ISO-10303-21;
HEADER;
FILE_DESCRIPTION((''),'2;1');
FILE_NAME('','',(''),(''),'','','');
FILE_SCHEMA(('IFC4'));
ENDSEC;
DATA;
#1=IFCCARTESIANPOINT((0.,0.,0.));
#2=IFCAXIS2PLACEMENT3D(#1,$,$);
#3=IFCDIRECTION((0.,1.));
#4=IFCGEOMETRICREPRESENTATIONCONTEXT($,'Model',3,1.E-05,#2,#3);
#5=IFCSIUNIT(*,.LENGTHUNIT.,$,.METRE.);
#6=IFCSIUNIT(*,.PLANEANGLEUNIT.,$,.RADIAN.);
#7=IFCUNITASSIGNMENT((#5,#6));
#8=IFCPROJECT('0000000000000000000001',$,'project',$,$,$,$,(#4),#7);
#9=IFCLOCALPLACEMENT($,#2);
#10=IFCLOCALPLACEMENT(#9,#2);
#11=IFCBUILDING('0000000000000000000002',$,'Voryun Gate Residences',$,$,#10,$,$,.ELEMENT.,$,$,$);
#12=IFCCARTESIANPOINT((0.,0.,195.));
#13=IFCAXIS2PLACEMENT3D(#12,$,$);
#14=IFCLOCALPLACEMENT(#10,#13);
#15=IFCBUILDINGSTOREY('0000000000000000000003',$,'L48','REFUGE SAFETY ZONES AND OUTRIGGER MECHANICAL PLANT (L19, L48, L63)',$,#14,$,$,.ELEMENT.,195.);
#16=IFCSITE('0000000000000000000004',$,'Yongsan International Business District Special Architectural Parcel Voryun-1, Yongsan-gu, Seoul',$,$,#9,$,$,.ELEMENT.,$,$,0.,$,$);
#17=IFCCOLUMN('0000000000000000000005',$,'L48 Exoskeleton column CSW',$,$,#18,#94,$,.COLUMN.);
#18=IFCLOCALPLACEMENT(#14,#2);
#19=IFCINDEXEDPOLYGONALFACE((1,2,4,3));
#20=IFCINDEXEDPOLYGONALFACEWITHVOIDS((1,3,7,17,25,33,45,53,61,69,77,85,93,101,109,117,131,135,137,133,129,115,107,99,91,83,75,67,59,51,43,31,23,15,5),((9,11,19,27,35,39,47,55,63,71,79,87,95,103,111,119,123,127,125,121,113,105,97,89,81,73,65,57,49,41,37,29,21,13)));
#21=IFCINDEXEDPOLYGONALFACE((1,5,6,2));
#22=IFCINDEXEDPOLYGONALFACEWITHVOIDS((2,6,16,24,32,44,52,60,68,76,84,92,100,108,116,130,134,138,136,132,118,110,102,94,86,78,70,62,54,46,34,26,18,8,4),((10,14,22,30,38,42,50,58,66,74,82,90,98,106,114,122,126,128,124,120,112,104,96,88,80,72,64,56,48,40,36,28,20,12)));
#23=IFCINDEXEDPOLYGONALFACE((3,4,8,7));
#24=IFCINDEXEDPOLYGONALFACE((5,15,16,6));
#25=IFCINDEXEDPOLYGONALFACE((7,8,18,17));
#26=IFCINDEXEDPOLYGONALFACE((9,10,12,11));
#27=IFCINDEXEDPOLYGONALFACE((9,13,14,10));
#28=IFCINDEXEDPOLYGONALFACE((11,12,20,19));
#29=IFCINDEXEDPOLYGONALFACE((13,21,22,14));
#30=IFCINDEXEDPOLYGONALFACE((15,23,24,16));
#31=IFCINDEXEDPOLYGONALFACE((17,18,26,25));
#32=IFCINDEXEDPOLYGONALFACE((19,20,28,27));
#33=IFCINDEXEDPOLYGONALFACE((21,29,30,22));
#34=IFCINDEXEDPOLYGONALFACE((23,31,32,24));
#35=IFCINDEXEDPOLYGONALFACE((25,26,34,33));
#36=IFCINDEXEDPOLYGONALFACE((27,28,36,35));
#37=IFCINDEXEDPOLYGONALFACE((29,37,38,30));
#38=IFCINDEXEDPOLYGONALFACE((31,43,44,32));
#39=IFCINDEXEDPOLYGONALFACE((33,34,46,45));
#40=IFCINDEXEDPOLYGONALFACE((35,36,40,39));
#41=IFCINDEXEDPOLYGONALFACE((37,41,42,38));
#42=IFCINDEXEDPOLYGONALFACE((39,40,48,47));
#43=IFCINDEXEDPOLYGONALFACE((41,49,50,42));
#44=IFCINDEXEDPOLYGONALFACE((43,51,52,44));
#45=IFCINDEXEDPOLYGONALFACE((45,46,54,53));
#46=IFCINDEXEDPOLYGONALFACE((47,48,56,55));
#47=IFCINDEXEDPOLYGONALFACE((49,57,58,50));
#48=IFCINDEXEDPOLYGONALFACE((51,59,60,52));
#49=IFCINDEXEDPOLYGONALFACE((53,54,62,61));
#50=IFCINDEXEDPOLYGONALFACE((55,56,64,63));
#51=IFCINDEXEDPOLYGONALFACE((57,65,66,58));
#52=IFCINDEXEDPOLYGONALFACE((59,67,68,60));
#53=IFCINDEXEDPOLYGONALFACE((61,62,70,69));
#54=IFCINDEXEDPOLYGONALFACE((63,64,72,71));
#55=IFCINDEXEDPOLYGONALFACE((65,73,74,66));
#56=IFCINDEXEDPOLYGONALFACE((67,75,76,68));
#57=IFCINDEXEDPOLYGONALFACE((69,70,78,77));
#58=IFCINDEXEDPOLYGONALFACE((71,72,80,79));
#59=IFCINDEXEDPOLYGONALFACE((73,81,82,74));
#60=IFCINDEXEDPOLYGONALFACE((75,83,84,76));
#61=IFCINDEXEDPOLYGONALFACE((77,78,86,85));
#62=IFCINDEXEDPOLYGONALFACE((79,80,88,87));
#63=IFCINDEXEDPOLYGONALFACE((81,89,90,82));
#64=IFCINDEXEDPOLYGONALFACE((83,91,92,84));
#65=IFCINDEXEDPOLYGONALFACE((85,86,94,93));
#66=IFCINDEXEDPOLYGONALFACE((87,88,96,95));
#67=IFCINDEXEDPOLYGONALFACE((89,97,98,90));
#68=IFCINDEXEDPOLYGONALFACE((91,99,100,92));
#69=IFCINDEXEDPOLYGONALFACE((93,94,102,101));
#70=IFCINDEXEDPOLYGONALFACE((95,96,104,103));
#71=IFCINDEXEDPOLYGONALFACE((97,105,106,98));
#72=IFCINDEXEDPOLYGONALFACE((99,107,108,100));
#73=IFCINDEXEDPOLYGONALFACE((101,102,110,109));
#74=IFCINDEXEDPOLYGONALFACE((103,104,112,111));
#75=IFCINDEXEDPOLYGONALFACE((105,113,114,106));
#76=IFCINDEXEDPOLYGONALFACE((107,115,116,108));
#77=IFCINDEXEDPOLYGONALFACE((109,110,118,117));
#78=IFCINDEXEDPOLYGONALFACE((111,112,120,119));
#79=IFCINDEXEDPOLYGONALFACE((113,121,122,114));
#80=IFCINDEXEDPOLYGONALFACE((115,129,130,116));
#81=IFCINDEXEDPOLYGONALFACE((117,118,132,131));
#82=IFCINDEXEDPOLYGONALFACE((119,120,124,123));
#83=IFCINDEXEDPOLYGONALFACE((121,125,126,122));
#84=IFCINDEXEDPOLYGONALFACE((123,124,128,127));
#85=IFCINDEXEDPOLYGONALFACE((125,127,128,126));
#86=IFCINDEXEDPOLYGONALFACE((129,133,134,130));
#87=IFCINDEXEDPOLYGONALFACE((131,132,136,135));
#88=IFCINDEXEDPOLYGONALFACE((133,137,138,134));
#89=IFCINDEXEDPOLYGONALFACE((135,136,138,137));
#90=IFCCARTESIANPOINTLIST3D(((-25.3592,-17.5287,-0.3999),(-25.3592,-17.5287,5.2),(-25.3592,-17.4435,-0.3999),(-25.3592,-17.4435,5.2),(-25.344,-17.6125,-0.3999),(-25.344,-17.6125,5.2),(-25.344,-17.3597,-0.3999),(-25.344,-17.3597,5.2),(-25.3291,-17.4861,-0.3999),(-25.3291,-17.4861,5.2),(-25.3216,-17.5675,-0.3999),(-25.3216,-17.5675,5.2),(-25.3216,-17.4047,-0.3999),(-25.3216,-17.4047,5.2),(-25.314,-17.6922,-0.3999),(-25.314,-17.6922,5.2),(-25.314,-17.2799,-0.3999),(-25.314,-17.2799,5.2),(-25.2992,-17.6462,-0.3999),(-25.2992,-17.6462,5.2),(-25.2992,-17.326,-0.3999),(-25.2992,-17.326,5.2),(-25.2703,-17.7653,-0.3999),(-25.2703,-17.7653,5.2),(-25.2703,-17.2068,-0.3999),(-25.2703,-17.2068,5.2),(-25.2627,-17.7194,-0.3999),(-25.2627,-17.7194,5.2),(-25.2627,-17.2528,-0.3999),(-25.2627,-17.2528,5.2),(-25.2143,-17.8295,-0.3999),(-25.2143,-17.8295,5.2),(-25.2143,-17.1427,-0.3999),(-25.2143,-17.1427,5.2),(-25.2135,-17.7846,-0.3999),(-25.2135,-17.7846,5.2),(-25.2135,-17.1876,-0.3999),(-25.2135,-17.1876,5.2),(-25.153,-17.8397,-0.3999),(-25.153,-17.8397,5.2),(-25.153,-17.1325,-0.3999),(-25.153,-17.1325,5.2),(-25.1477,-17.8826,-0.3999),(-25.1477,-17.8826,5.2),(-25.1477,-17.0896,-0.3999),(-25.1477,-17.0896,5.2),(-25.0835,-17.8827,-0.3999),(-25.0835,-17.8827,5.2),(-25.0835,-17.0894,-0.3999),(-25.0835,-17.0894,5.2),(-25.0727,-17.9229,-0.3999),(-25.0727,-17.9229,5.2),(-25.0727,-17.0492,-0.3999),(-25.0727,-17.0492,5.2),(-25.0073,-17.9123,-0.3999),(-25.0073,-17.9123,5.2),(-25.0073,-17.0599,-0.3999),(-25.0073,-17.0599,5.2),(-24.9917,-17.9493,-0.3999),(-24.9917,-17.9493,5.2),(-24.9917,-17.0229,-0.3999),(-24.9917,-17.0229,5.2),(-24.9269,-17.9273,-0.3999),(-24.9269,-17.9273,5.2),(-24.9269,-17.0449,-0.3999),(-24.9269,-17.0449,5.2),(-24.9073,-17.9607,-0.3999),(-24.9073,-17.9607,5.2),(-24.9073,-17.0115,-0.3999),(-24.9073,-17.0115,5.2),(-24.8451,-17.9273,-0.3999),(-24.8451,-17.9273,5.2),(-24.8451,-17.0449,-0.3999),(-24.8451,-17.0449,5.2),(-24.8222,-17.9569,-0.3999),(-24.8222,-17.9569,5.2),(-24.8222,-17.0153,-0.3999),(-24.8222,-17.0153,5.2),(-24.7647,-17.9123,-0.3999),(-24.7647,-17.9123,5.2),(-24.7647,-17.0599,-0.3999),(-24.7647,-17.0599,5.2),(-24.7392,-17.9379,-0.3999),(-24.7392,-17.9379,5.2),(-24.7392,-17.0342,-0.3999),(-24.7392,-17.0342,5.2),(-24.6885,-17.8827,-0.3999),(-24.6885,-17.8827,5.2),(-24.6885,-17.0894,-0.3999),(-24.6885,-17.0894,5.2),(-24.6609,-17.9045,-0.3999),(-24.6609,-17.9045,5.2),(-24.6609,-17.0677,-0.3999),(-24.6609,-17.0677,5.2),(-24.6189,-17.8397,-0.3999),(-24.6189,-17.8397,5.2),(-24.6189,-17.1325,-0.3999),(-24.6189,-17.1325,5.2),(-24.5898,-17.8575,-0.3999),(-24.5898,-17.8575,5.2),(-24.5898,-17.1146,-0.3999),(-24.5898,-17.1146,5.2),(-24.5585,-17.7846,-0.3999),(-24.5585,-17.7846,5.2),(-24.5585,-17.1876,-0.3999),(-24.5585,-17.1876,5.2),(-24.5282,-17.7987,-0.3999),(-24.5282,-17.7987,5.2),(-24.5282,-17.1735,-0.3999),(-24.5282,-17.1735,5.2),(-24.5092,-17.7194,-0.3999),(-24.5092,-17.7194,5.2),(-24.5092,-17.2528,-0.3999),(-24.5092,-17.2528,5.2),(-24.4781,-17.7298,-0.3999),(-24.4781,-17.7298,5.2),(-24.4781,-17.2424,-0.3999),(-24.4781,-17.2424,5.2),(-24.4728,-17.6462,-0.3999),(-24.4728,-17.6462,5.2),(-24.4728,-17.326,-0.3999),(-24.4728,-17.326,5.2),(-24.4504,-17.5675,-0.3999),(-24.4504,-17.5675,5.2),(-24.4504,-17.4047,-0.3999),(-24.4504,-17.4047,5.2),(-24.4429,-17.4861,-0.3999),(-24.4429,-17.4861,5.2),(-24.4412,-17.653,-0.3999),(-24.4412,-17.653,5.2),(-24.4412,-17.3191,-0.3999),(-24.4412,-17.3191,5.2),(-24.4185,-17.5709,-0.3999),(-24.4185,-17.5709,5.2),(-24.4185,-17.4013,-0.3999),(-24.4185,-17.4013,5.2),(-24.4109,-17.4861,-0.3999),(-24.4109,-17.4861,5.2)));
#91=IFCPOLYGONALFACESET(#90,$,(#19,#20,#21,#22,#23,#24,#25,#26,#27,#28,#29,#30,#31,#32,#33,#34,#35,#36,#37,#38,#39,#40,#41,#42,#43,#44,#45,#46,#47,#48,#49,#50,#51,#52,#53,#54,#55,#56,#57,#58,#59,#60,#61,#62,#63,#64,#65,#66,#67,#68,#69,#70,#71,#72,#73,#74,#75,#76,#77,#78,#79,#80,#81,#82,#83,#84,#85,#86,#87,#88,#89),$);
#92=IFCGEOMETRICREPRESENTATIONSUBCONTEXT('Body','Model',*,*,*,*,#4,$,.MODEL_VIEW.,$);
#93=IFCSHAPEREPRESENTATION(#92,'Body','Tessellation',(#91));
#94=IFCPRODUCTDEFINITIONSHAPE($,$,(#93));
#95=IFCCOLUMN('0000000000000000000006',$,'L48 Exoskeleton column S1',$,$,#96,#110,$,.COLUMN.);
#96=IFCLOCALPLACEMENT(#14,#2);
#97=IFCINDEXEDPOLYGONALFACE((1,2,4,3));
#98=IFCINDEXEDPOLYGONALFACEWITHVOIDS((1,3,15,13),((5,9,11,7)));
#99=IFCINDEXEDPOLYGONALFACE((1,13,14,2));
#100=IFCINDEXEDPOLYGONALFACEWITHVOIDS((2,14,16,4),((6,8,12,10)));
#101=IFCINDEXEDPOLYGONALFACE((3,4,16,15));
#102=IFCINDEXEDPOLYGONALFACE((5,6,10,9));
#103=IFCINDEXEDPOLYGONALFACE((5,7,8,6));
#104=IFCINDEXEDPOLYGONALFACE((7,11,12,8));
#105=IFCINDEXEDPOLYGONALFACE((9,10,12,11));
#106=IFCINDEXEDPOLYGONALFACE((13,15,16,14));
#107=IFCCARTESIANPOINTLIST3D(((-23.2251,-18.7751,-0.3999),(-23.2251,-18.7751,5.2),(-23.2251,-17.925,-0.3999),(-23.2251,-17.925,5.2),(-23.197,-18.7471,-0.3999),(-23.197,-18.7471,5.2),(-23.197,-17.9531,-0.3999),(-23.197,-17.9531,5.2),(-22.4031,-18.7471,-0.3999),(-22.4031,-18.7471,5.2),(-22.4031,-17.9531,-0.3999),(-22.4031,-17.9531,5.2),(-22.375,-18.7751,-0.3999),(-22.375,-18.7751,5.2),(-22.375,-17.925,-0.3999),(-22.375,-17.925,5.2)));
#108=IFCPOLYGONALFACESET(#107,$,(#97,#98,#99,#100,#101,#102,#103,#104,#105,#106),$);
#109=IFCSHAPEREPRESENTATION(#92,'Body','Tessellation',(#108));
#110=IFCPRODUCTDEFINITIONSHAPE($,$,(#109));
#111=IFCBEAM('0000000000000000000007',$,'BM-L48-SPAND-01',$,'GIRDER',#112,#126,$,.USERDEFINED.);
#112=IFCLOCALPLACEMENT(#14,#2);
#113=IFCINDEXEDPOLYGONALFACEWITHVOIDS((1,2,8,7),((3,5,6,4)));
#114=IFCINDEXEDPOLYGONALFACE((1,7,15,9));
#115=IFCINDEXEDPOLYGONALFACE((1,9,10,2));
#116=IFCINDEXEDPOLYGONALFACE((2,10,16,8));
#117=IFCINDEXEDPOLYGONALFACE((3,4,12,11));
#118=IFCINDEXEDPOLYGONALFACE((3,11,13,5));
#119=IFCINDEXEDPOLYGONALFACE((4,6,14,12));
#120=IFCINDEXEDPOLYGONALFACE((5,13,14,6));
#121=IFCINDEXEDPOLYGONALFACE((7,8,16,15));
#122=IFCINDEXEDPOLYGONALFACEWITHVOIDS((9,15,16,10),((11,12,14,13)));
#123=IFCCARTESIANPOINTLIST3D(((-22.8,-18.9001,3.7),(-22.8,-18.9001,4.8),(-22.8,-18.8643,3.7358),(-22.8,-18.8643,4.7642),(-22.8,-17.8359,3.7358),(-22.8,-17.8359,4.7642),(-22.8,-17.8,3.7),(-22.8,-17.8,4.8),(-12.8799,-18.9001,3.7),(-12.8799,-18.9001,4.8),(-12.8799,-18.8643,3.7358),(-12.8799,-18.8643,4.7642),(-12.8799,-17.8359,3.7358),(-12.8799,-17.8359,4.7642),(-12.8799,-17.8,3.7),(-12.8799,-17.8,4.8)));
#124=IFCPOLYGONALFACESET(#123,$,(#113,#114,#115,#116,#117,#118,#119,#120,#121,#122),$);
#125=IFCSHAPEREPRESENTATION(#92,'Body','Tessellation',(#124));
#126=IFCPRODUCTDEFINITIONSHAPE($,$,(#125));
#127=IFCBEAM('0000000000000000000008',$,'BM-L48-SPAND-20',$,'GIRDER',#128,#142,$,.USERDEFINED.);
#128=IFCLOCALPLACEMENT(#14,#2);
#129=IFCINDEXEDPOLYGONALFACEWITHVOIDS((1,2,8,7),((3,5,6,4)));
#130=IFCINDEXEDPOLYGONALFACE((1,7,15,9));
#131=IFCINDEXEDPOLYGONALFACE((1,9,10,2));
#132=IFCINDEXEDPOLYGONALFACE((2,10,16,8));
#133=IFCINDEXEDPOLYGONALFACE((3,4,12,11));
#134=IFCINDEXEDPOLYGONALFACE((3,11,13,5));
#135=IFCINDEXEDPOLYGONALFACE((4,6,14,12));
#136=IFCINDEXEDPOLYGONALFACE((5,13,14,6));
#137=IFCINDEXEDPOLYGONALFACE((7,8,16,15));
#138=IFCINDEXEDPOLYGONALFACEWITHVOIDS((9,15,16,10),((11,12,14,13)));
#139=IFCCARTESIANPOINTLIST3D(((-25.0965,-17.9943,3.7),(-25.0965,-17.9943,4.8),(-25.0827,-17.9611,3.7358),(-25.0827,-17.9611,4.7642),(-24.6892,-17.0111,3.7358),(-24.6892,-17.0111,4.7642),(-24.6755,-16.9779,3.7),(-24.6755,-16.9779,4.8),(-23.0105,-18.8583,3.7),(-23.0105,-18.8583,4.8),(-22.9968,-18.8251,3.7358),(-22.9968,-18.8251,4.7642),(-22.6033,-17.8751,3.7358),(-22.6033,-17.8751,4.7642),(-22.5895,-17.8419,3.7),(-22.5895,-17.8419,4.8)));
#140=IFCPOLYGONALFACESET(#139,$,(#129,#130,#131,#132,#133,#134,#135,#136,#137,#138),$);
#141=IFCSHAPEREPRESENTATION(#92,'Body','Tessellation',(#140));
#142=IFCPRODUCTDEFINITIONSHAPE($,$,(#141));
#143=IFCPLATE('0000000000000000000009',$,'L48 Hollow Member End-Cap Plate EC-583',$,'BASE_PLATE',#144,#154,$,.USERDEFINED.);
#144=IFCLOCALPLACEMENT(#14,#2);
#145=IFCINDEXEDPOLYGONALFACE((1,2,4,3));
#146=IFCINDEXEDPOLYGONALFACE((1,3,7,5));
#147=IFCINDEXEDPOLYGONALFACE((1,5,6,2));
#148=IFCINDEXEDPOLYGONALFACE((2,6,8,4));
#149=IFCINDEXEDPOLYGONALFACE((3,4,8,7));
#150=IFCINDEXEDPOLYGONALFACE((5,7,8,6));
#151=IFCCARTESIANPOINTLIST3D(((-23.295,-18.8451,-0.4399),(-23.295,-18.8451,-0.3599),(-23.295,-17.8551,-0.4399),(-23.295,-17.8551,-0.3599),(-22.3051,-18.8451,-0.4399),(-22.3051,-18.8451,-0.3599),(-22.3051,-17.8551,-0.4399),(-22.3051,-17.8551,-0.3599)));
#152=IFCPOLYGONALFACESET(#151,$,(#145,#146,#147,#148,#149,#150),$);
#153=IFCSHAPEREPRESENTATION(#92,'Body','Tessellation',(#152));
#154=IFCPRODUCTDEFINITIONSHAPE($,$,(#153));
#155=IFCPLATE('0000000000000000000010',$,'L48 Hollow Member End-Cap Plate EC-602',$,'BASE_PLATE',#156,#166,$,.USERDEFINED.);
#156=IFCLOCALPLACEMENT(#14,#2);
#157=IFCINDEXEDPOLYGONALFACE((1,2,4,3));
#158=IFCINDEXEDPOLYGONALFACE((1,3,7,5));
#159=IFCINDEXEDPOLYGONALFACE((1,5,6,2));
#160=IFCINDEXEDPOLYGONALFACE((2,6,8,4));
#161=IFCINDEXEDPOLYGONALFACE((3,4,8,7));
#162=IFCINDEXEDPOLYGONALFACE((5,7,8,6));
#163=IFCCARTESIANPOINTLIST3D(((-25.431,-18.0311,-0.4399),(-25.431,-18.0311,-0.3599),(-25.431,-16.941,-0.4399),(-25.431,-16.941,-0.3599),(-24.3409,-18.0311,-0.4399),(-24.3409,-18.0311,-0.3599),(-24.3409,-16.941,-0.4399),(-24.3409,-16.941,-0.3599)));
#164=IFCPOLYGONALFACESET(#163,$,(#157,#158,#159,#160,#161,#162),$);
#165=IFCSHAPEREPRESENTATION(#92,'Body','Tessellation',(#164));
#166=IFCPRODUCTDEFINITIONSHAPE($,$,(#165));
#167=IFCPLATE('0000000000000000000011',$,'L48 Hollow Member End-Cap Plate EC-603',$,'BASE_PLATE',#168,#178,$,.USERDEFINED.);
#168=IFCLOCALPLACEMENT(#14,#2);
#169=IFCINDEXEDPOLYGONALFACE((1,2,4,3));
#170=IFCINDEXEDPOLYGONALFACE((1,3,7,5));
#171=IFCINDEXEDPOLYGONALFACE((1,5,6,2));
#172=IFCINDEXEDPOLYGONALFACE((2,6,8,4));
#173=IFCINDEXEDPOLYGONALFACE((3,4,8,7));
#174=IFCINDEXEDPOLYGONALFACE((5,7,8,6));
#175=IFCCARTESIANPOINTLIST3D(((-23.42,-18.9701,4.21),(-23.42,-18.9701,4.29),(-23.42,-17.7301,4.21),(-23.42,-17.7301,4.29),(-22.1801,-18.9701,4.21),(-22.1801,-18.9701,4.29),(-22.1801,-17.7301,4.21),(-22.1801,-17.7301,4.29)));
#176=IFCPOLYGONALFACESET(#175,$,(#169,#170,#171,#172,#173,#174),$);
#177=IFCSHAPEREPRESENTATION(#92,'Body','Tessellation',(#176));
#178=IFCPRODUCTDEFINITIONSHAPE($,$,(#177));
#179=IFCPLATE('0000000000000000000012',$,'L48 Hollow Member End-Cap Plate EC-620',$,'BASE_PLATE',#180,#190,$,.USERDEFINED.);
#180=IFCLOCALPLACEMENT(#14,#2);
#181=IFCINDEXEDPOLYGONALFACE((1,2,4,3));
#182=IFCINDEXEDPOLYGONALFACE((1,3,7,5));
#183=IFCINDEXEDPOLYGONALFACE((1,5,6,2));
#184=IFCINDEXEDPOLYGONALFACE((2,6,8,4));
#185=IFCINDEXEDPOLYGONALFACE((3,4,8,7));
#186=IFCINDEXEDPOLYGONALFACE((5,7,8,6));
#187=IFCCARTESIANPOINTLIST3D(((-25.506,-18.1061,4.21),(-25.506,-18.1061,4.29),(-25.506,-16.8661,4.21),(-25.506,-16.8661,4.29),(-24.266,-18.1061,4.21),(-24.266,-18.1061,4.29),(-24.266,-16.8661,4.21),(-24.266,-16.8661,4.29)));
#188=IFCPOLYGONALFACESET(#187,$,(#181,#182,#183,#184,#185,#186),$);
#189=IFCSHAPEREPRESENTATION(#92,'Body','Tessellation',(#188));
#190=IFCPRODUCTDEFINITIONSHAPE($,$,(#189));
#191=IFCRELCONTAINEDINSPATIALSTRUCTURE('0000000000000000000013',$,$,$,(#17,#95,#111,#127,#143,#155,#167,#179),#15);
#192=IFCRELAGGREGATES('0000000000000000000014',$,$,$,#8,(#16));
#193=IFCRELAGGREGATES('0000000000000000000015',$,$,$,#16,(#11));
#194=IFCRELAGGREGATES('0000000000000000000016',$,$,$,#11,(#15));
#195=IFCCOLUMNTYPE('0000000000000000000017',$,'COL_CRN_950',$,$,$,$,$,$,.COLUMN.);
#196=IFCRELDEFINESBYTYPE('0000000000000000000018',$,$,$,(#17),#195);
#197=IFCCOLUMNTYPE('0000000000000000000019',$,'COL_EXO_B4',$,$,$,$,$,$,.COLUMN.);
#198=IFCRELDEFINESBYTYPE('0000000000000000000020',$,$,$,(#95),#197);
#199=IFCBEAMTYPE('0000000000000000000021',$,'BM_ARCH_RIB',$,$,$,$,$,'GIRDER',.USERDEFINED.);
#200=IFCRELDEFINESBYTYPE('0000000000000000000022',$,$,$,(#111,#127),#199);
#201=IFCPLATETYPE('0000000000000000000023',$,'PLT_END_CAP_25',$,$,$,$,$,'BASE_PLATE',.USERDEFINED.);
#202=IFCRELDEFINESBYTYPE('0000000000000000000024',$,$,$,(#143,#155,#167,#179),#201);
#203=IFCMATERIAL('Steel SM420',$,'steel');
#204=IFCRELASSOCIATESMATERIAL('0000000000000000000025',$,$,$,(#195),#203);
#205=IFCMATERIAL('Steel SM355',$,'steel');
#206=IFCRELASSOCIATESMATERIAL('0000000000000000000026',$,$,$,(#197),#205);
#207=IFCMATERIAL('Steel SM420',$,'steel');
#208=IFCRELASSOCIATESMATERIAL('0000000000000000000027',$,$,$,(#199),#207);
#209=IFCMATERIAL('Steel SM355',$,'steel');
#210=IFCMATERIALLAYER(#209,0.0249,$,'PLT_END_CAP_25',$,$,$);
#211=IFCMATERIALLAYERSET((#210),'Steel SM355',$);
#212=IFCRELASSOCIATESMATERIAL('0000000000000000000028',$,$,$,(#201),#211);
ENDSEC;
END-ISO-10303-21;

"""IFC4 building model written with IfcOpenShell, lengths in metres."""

from ifc_helpers import new_model, si_unit, direction, frame, origin, origin_2d, place, context, subcontext, project, spatial, rectangle, hollow_rectangle, hollow_circle, extrude, material, layer, layer_set, material_profile, profile_set, type_object, element, save


model = new_model("IFC4")

# Units and contexts
model_context = context("Model", 3, precision=1e-05, world=origin(), true_north=direction((0.0, 1.0)))
body_context = subcontext(model_context, "Body", "Model", "MODEL_VIEW")
ifc_project = project(units=[si_unit("LENGTHUNIT", "METRE"), si_unit("PLANEANGLEUNIT", "RADIAN")], contexts=[model_context])

# Site, building, storey
site_placement = place(None, origin())
site = spatial("IfcSite", under=ifc_project, at=site_placement, Name="Yongsan International Business District Special Architectural Parcel Voryun-1, Yongsan-gu, Seoul", CompositionType="ELEMENT", RefElevation=0.0)
building_placement = place(site_placement, origin())
building = spatial("IfcBuilding", under=site, at=building_placement, Name="Voryun Gate Residences", CompositionType="ELEMENT")
storey_placement = place(building_placement, frame((0.0, 0.0, 195.0)))
storey = spatial("IfcBuildingStorey", under=building, at=storey_placement, Name="L48", Description="REFUGE SAFETY ZONES AND OUTRIGGER MECHANICAL PLANT (L19, L48, L63)", CompositionType="ELEMENT", Elevation=195.0)

# Columns
ifc_material_1 = material(Name="Steel SM420", Category="steel")
ifc_material_profile_1 = material_profile(ifc_material_1, hollow_circle(Radius=0.4751, WallThickness=0.032, at=origin_2d()), Name="CHS-950x32")
ifc_profile_set_1 = profile_set([ifc_material_profile_1], Name="Steel SM420")
column_type_1 = type_object("IfcColumnType", Name="COL_CRN_950", PredefinedType="COLUMN", material=ifc_profile_set_1)
column_1_placement = place(storey_placement, frame((-24.886, -17.4861, -0.3999), z_axis=(0.0, 0.0, 1.0), x_axis=(1.0, 0.0, 0.0)))
element("IfcColumn", 1, at=column_1_placement, inside=storey, type_object=column_type_1, Name="L48 Exoskeleton column CSW", PredefinedType="COLUMN", context=body_context, shape_type="SweptSolid", body=[
    extrude(hollow_circle(Radius=0.4751, WallThickness=0.032, at=origin_2d()), origin(), (0.0, 0.0, 1.0), 5.5999),
])
ifc_material_2 = material(Name="Steel SM355", Category="steel")
ifc_material_profile_2 = material_profile(ifc_material_2, hollow_rectangle(XDim=0.8501, YDim=0.8501, WallThickness=0.0281, at=origin_2d()), Name="BOX-850x850x28")
ifc_profile_set_2 = profile_set([ifc_material_profile_2], Name="Steel SM355")
column_type_2 = type_object("IfcColumnType", Name="COL_EXO_B4", PredefinedType="COLUMN", material=ifc_profile_set_2)
column_2_placement = place(storey_placement, frame((-22.8, -18.3501, -0.3999), z_axis=(0.0, 0.0, 1.0), x_axis=(1.0, 0.0, 0.0)))
element("IfcColumn", 2, at=column_2_placement, inside=storey, type_object=column_type_2, Name="L48 Exoskeleton column S1", PredefinedType="COLUMN", context=body_context, shape_type="SweptSolid", body=[
    extrude(hollow_rectangle(XDim=0.8501, YDim=0.8501, WallThickness=0.0281, at=origin_2d()), origin(), (0.0, 0.0, 1.0), 5.5999),
])

# Beams
ifc_material_3 = material(Name="Steel SM420", Category="steel")
ifc_material_profile_3 = material_profile(ifc_material_3, hollow_rectangle(XDim=1.1001, YDim=1.1001, WallThickness=0.0359, at=origin_2d()), Name="BOX-1100x1100x36")
ifc_profile_set_3 = profile_set([ifc_material_profile_3], Name="Steel SM420")
beam_type = type_object("IfcBeamType", Name="BM_ARCH_RIB", ElementType="GIRDER", PredefinedType="USERDEFINED", material=ifc_profile_set_3)
beam_1_placement = place(storey_placement, frame((-22.8, -18.3501, 4.25), z_axis=(1.0, 0.0, 0.0), x_axis=(0.0, 1.0, 0.0)))
element("IfcBeam", 3, at=beam_1_placement, inside=storey, type_object=beam_type, Name="BM-L48-SPAND-01", ObjectType="GIRDER", PredefinedType="USERDEFINED", context=body_context, shape_type="SweptSolid", body=[
    extrude(hollow_rectangle(XDim=1.1001, YDim=1.1001, WallThickness=0.0359, at=origin_2d()), origin(), (0.0, 0.0, 1.0), 9.9202),
])
beam_2_placement = place(storey_placement, frame((-24.886, -17.4861, 4.25), z_axis=(0.923881, -0.38268, 0.0), x_axis=(0.38268, 0.923881, 0.0)))
element("IfcBeam", 4, at=beam_2_placement, inside=storey, type_object=beam_type, Name="BM-L48-SPAND-20", ObjectType="GIRDER", PredefinedType="USERDEFINED", context=body_context, shape_type="SweptSolid", body=[
    extrude(hollow_rectangle(XDim=1.1001, YDim=1.1001, WallThickness=0.0359, at=origin_2d()), origin(), (0.0, 0.0, 1.0), 2.2578),
])

# Plates
ifc_material_4 = material(Name="Steel SM355", Category="steel")
ifc_layer_1 = layer(ifc_material_4, 0.0249, Name="PLT_END_CAP_25")
ifc_layer_set_1 = layer_set([ifc_layer_1], Name="Steel SM355")
plate_type_1 = type_object("IfcPlateType", Name="PLT_END_CAP_25", ElementType="BASE_PLATE", PredefinedType="USERDEFINED", material=ifc_layer_set_1)
plate_1_placement = place(storey_placement, frame((-22.8, -18.3501, -0.4399), z_axis=(0.0, 0.0, 1.0), x_axis=(1.0, 0.0, 0.0)))
element("IfcPlate", 5, at=plate_1_placement, inside=storey, type_object=plate_type_1, Name="L48 Hollow Member End-Cap Plate EC-583", ObjectType="BASE_PLATE", PredefinedType="USERDEFINED", context=body_context, shape_type="SweptSolid", body=[
    extrude(rectangle(XDim=0.99, YDim=0.99, at=origin_2d()), origin(), (0.0, 0.0, 1.0), 0.0801),
])
plate_2_placement = place(storey_placement, frame((-24.886, -17.4861, -0.4399), z_axis=(0.0, 0.0, 1.0), x_axis=(1.0, 0.0, 0.0)))
element("IfcPlate", 6, at=plate_2_placement, inside=storey, type_object=plate_type_1, Name="L48 Hollow Member End-Cap Plate EC-602", ObjectType="BASE_PLATE", PredefinedType="USERDEFINED", context=body_context, shape_type="SweptSolid", body=[
    extrude(rectangle(XDim=1.0901, YDim=1.0901, at=origin_2d()), origin(), (0.0, 0.0, 1.0), 0.0801),
])
for number, where, z_axis, x_axis, name in (
    (7, (-22.8, -18.3501, 4.21), (0.0, 0.0, 1.0), (1.0, 0.0, 0.0), "L48 Hollow Member End-Cap Plate EC-603"),
    (8, (-24.886, -17.4861, 4.21), (0.0, 0.0, 1.0), (1.0, 0.0, 0.0), "L48 Hollow Member End-Cap Plate EC-620"),
):
    element("IfcPlate", number, at=place(storey_placement, frame(where, z_axis=z_axis, x_axis=x_axis)), inside=storey, type_object=plate_type_1, Name=name, ObjectType="BASE_PLATE", PredefinedType="USERDEFINED", context=body_context, shape_type="SweptSolid", body=[
        extrude(rectangle(XDim=1.24, YDim=1.24, at=origin_2d()), origin(), (0.0, 0.0, 1.0), 0.0801),
    ])

save(model, "model.ifc")
